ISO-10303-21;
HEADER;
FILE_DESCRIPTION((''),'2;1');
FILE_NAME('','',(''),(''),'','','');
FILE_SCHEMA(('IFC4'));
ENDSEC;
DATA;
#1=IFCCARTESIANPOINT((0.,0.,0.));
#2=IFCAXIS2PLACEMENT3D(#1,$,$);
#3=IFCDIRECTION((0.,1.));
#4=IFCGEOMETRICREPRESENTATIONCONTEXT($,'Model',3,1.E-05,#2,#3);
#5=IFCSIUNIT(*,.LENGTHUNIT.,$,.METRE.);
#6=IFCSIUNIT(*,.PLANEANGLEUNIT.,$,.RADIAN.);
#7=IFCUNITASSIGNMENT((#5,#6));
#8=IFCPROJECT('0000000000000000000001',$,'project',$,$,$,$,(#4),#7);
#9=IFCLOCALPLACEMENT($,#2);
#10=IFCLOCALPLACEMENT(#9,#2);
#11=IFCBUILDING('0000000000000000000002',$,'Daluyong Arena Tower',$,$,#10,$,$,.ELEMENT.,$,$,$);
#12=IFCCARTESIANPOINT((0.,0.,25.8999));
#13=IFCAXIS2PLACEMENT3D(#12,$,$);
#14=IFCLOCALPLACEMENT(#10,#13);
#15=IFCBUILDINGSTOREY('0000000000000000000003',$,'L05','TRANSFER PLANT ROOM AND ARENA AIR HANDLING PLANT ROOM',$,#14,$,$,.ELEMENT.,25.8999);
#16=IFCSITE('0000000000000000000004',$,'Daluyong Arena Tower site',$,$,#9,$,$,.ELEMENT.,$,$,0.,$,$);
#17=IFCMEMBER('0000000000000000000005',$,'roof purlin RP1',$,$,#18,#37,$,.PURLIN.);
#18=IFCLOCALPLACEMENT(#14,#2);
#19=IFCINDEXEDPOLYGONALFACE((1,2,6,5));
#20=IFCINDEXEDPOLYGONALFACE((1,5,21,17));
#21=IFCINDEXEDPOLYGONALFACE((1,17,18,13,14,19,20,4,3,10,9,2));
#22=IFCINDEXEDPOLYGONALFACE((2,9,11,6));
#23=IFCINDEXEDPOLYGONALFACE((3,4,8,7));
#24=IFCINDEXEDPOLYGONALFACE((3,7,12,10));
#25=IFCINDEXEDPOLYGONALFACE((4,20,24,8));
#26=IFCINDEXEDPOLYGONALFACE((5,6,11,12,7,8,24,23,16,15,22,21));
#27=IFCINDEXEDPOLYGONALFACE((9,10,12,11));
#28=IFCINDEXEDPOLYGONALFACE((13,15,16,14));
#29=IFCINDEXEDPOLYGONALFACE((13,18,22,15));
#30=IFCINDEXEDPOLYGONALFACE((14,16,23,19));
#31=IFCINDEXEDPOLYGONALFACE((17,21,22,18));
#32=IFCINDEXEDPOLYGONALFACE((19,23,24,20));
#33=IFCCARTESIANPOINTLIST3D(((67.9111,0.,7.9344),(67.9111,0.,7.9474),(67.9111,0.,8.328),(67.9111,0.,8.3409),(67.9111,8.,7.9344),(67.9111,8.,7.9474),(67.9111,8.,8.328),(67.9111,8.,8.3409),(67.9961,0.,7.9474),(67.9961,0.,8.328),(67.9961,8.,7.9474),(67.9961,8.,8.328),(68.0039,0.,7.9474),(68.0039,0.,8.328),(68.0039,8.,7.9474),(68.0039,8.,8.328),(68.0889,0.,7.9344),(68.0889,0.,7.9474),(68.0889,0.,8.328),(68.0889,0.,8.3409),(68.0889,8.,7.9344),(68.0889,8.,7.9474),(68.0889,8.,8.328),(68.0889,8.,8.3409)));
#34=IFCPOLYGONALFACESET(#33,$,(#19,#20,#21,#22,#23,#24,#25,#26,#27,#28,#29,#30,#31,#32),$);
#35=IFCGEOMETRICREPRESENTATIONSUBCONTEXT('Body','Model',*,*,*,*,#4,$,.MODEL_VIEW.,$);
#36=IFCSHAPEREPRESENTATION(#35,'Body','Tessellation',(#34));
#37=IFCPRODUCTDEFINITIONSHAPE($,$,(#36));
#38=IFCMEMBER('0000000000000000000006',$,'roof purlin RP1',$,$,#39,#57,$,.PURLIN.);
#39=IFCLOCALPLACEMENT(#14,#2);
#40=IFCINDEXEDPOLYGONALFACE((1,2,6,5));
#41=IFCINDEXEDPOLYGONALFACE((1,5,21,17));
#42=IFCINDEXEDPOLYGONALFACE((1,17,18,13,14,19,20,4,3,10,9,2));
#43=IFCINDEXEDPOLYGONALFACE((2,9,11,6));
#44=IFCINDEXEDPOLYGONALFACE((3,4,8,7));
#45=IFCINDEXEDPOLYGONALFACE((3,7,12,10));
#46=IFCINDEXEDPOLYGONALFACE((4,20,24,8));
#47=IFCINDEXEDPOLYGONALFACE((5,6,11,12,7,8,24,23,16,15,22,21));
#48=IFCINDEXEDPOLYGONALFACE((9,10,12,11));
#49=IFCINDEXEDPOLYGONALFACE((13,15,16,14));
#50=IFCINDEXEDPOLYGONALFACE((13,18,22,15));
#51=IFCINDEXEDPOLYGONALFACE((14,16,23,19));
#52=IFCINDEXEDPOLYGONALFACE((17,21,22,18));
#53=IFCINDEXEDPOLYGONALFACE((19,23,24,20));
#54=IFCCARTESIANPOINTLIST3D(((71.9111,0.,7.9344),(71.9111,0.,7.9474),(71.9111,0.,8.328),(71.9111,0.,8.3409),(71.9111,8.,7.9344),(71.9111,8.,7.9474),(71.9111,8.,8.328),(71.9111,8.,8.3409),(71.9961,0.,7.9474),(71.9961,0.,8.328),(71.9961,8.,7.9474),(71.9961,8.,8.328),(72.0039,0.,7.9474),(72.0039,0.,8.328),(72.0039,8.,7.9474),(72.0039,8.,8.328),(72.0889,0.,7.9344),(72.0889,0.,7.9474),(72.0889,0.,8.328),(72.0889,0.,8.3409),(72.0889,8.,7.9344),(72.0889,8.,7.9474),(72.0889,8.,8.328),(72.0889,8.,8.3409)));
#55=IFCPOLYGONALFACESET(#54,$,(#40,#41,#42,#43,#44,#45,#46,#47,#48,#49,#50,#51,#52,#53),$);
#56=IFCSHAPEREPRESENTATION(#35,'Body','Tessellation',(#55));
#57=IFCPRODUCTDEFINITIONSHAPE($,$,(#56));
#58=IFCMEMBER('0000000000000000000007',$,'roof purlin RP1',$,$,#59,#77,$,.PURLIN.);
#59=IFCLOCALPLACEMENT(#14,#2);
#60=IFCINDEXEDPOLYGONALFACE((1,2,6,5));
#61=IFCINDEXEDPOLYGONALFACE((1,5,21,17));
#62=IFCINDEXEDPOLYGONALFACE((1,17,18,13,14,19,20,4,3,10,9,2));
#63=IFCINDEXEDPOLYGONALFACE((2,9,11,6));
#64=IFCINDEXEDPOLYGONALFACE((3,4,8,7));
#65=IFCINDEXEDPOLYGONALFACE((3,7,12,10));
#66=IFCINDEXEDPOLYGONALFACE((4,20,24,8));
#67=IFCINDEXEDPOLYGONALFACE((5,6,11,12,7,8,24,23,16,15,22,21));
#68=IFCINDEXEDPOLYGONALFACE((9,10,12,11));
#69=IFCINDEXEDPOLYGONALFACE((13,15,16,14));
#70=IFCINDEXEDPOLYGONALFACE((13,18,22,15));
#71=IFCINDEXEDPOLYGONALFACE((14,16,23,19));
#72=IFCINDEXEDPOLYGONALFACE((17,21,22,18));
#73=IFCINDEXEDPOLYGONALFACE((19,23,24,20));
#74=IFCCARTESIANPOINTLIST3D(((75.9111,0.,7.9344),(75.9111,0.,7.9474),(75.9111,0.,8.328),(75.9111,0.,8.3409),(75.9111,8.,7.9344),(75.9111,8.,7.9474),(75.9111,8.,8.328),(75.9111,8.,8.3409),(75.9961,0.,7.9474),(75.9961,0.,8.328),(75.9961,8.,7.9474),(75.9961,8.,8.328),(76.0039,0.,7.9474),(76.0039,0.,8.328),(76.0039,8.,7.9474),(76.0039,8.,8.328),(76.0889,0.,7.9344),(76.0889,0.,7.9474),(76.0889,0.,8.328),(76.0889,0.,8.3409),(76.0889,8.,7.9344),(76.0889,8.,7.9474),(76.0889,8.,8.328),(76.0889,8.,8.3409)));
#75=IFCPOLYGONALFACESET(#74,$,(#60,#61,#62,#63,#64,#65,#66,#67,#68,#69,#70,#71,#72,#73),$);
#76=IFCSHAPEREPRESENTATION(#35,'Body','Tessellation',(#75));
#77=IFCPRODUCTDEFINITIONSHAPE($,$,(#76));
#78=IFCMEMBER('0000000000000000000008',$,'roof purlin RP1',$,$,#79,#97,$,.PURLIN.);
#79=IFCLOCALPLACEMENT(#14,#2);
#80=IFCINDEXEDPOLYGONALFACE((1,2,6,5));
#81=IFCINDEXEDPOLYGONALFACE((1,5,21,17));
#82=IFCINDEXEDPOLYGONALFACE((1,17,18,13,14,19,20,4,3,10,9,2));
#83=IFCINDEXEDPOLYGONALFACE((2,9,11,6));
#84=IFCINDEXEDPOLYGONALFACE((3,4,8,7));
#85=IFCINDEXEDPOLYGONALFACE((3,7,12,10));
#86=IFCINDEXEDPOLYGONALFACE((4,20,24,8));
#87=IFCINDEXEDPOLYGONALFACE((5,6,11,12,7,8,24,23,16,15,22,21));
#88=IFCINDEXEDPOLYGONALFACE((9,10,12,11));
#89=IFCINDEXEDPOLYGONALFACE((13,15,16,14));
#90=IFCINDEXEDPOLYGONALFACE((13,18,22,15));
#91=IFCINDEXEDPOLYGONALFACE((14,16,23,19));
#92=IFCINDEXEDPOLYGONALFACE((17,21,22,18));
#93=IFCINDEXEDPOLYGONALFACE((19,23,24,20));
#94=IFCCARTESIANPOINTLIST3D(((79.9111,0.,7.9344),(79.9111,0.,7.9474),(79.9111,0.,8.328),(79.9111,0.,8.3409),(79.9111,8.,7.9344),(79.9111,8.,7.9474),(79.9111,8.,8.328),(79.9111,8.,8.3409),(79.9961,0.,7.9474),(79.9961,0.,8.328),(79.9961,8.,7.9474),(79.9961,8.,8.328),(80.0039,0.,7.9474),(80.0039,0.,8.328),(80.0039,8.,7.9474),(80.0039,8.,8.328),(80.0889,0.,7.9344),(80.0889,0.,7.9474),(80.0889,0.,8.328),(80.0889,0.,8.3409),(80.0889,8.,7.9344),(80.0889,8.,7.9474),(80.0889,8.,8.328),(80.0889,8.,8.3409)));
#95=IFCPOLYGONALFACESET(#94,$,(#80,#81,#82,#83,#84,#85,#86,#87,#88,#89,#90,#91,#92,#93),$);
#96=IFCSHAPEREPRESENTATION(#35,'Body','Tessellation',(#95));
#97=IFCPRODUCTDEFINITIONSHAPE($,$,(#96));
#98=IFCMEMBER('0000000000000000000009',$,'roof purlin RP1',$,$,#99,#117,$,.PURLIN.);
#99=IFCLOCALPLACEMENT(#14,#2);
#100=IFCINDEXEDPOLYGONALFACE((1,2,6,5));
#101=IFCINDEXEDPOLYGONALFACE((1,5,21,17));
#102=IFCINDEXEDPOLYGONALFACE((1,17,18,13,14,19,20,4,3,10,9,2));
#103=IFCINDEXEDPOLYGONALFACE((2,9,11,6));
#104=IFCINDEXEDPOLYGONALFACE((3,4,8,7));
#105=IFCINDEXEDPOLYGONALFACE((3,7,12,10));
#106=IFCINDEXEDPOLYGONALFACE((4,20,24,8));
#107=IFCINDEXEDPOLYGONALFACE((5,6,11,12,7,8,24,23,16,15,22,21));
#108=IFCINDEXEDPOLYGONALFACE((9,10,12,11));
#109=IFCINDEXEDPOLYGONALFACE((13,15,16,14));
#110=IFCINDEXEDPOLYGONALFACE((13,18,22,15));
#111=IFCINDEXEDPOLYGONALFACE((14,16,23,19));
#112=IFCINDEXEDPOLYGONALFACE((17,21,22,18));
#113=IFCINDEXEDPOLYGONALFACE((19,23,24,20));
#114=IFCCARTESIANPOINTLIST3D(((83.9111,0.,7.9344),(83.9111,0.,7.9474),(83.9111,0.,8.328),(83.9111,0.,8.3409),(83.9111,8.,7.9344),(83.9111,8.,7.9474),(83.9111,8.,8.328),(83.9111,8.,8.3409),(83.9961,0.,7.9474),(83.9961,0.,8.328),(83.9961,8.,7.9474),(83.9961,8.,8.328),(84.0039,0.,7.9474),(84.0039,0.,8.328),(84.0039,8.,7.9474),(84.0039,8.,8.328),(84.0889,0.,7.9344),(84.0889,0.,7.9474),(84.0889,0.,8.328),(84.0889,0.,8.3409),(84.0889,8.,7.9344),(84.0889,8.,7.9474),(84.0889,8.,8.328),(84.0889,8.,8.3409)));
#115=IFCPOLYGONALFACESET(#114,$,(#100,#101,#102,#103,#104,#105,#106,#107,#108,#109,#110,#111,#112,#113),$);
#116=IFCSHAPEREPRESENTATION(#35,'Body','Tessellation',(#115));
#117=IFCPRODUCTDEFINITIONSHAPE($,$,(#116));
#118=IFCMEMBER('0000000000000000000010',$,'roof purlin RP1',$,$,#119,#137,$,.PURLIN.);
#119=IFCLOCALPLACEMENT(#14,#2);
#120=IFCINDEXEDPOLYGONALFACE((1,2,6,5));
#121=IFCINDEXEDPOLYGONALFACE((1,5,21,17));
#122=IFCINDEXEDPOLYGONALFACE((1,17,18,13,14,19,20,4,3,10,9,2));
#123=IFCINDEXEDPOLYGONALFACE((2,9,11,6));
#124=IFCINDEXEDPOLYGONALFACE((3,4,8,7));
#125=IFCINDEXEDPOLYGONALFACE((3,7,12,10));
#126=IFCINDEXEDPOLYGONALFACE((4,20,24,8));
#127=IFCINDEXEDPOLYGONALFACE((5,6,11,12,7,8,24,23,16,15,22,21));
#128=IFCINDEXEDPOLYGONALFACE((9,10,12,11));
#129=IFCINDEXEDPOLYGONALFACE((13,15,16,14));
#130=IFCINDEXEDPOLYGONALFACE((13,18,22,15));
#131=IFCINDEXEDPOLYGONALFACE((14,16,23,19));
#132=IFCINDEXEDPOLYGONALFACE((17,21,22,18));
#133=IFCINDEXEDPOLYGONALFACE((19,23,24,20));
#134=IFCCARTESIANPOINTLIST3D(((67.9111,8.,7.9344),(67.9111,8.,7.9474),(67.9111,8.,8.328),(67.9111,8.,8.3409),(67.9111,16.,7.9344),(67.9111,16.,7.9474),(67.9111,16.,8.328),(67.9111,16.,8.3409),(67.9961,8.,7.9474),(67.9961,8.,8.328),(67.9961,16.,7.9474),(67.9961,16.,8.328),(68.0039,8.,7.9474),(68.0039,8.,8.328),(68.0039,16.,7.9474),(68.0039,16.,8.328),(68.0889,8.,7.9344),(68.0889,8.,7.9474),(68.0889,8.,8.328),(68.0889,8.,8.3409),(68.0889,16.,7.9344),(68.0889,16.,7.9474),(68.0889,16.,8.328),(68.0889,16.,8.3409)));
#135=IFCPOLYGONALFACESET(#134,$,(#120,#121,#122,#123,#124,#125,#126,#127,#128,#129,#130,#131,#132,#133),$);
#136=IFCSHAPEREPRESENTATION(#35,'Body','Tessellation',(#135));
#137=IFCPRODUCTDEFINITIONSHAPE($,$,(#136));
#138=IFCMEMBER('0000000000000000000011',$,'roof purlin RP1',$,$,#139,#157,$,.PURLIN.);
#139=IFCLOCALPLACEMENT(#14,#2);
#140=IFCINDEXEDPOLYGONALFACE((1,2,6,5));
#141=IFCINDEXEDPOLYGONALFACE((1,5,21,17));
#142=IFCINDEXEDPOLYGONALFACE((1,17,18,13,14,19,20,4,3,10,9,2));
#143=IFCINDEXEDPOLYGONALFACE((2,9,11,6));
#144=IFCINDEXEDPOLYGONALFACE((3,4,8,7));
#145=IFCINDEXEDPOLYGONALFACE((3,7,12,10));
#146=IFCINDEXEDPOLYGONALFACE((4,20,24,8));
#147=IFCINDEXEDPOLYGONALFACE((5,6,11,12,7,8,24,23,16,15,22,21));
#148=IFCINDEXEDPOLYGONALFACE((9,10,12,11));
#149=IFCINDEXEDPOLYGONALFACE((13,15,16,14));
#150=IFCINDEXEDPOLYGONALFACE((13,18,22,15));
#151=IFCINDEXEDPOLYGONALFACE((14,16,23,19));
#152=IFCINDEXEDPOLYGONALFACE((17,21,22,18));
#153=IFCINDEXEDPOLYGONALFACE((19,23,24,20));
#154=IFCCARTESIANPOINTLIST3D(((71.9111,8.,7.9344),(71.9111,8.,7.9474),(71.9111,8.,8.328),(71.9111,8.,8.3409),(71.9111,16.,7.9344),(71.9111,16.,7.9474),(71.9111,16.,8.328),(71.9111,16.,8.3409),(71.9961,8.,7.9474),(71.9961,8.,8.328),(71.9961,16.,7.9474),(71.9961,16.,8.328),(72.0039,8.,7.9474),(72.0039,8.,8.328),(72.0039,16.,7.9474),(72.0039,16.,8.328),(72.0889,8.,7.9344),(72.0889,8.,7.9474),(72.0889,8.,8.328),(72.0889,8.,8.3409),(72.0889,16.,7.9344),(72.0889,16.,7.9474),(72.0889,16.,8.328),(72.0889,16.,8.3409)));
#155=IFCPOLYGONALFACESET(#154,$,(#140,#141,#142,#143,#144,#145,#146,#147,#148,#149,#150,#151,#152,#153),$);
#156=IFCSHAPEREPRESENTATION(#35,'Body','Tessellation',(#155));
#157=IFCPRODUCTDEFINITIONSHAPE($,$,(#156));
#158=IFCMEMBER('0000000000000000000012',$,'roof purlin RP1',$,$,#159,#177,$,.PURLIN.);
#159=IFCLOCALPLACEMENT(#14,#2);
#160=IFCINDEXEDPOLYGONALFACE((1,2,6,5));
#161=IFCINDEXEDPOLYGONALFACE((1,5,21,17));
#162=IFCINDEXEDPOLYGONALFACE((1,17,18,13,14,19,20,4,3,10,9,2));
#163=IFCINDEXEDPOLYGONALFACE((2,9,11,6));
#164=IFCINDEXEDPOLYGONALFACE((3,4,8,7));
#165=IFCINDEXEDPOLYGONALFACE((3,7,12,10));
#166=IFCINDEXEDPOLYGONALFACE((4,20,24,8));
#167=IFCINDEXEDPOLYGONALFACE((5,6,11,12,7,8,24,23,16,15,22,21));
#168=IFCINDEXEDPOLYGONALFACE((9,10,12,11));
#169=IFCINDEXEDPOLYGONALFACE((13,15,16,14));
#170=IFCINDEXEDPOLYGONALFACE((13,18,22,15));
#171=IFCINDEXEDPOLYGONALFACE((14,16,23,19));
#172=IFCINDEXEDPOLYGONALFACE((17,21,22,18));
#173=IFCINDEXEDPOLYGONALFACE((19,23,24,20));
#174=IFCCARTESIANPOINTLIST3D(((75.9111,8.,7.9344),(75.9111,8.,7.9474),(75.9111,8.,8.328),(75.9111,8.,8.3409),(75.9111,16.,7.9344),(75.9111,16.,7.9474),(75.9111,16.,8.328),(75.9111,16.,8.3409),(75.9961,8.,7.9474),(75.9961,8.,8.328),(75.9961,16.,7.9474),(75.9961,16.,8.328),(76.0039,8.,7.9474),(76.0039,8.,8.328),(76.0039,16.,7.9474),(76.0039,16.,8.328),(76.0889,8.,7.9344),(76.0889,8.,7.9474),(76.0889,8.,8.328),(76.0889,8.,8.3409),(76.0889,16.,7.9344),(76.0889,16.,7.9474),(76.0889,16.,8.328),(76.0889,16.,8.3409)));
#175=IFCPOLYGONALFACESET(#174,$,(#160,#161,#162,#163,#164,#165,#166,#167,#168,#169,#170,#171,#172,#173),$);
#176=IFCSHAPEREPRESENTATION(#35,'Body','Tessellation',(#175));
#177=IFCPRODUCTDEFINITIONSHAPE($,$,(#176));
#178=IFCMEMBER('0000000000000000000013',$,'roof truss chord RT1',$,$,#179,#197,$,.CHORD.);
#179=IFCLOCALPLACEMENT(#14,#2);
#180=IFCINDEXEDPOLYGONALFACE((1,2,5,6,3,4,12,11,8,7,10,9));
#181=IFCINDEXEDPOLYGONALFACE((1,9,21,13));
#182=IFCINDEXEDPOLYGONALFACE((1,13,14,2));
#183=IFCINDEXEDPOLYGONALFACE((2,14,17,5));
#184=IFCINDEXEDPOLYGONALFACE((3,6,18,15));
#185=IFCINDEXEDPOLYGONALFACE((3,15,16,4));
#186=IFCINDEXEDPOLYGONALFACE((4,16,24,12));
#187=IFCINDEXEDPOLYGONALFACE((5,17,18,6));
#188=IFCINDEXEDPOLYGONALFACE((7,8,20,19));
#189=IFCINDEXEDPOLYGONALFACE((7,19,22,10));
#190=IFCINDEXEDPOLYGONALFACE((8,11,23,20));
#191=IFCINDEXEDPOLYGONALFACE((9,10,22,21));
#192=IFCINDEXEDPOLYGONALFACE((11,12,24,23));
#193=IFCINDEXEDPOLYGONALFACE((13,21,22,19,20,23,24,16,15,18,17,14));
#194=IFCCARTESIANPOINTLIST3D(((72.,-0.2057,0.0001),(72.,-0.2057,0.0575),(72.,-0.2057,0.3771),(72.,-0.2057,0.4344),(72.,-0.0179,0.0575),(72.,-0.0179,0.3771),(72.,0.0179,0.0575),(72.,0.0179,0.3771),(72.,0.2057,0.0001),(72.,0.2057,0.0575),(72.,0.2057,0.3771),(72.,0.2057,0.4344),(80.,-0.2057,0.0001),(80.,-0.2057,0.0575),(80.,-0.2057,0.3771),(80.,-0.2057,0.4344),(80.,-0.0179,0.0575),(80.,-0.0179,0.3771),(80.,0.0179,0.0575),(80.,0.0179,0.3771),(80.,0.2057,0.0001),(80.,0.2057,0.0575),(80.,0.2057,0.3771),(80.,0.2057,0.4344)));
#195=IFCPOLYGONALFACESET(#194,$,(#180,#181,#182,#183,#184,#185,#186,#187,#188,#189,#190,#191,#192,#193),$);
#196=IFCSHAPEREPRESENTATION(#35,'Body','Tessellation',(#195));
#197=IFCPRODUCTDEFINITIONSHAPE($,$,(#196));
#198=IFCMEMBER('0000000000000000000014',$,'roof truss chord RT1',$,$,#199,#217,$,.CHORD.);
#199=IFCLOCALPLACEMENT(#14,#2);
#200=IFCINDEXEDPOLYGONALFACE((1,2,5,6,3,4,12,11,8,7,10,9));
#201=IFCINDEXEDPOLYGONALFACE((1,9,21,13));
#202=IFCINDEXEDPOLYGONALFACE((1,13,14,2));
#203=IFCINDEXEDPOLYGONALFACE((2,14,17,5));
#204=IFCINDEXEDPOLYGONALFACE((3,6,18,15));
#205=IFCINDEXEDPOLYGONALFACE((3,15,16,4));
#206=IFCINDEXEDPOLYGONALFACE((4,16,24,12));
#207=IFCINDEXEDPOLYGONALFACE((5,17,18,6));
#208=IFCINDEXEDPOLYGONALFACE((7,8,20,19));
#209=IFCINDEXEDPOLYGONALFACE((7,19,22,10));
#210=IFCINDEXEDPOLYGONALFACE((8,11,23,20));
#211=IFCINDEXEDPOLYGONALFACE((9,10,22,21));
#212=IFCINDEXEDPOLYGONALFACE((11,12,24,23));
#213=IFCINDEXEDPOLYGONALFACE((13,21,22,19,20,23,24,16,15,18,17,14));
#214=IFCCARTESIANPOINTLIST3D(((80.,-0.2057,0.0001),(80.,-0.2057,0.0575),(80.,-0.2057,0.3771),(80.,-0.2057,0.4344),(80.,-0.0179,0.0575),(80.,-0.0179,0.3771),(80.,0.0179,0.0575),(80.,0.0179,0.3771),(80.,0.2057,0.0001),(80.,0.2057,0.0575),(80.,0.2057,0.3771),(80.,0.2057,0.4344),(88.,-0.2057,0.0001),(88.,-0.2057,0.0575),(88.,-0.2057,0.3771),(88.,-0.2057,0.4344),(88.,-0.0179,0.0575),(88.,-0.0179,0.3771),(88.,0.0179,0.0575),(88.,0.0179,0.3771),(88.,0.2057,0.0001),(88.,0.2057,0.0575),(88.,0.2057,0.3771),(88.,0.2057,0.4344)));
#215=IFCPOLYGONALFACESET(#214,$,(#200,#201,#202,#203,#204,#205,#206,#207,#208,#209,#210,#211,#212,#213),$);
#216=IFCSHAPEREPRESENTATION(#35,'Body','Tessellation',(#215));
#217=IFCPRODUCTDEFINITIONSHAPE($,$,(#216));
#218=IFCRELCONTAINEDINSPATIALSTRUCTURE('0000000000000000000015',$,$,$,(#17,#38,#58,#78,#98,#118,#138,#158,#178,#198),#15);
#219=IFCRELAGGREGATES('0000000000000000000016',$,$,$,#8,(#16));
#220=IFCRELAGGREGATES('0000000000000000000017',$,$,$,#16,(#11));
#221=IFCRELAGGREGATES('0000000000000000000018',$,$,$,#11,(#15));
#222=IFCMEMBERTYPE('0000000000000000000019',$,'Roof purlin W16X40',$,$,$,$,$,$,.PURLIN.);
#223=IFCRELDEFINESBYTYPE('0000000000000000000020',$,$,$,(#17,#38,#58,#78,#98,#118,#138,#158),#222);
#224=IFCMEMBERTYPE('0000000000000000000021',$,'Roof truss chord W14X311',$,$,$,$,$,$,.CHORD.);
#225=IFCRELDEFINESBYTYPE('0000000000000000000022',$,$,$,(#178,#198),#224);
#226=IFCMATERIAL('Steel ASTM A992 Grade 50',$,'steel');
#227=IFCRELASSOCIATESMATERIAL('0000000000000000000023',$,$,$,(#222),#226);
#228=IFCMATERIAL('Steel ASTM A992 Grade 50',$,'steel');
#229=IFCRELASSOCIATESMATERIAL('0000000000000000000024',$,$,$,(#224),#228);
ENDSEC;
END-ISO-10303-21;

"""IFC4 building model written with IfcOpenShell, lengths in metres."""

from ifc_helpers import new_model, si_unit, direction, frame, origin, origin_2d, place, context, subcontext, project, spatial, i_section, extrude, material, material_profile, profile_set, type_object, element, save


model = new_model("IFC4")

# Units and contexts
model_context = context("Model", 3, precision=1e-05, world=origin(), true_north=direction((0.0, 1.0)))
body_context = subcontext(model_context, "Body", "Model", "MODEL_VIEW")
ifc_project = project(units=[si_unit("LENGTHUNIT", "METRE"), si_unit("PLANEANGLEUNIT", "RADIAN")], contexts=[model_context])

# Site, building, storey
site_placement = place(None, origin())
site = spatial("IfcSite", under=ifc_project, at=site_placement, Name="Daluyong Arena Tower site", CompositionType="ELEMENT", RefElevation=0.0)
building_placement = place(site_placement, origin())
building = spatial("IfcBuilding", under=site, at=building_placement, Name="Daluyong Arena Tower", CompositionType="ELEMENT")
storey_placement = place(building_placement, frame((0.0, 0.0, 25.8999)))
storey = spatial("IfcBuildingStorey", under=building, at=storey_placement, Name="L05", Description="TRANSFER PLANT ROOM AND ARENA AIR HANDLING PLANT ROOM", CompositionType="ELEMENT", Elevation=25.8999)

# Members
ifc_material_1 = material(Name="Steel ASTM A992 Grade 50", Category="steel")
ifc_material_profile_1 = material_profile(ifc_material_1, i_section(OverallWidth=0.1777, OverallDepth=0.4065, WebThickness=0.0078, FlangeThickness=0.0129, at=origin_2d()))
ifc_profile_set_1 = profile_set([ifc_material_profile_1], Name="Steel ASTM A992 Grade 50")
member_type_1 = type_object("IfcMemberType", Name="Roof purlin W16X40", PredefinedType="PURLIN", material=ifc_profile_set_1)
for number, where, z_axis, x_axis, name in (
    (1, (68.0, 0.0, 8.1377), (0.0, 1.0, 0.0), (-1.0, 0.0, 0.0), "roof purlin RP1"),
    (2, (72.0, 0.0, 8.1377), (0.0, 1.0, 0.0), (-1.0, 0.0, 0.0), "roof purlin RP1"),
    (3, (76.0, 0.0, 8.1377), (0.0, 1.0, 0.0), (-1.0, 0.0, 0.0), "roof purlin RP1"),
    (4, (80.0, 0.0, 8.1377), (0.0, 1.0, 0.0), (-1.0, 0.0, 0.0), "roof purlin RP1"),
    (5, (84.0, 0.0, 8.1377), (0.0, 1.0, 0.0), (-1.0, 0.0, 0.0), "roof purlin RP1"),
    (6, (68.0, 8.0, 8.1377), (0.0, 1.0, 0.0), (-1.0, 0.0, 0.0), "roof purlin RP1"),
    (7, (72.0, 8.0, 8.1377), (0.0, 1.0, 0.0), (-1.0, 0.0, 0.0), "roof purlin RP1"),
    (8, (76.0, 8.0, 8.1377), (0.0, 1.0, 0.0), (-1.0, 0.0, 0.0), "roof purlin RP1"),
):
    element("IfcMember", number, at=place(storey_placement, frame(where, z_axis=z_axis, x_axis=x_axis)), inside=storey, type_object=member_type_1, Name=name, PredefinedType="PURLIN", context=body_context, shape_type="SweptSolid", body=[
        extrude(i_section(OverallWidth=0.1777, OverallDepth=0.4065, WebThickness=0.0078, FlangeThickness=0.0129, at=origin_2d()), origin(), (0.0, 0.0, 1.0), 8.0),
    ])
ifc_material_2 = material(Name="Steel ASTM A992 Grade 50", Category="steel")
ifc_material_profile_2 = material_profile(ifc_material_2, i_section(OverallWidth=0.4114, OverallDepth=0.4343, WebThickness=0.0359, FlangeThickness=0.0574, at=origin_2d()))
ifc_profile_set_2 = profile_set([ifc_material_profile_2], Name="Steel ASTM A992 Grade 50")
member_type_2 = type_object("IfcMemberType", Name="Roof truss chord W14X311", PredefinedType="CHORD", material=ifc_profile_set_2)
for number, where, z_axis, x_axis, name in (
    (9, (72.0, 0.0, 0.2173), (1.0, 0.0, 0.0), (0.0, 1.0, 0.0), "roof truss chord RT1"),
    (10, (80.0, 0.0, 0.2173), (1.0, 0.0, 0.0), (0.0, 1.0, 0.0), "roof truss chord RT1"),
):
    element("IfcMember", number, at=place(storey_placement, frame(where, z_axis=z_axis, x_axis=x_axis)), inside=storey, type_object=member_type_2, Name=name, PredefinedType="CHORD", context=body_context, shape_type="SweptSolid", body=[
        extrude(i_section(OverallWidth=0.4114, OverallDepth=0.4343, WebThickness=0.0359, FlangeThickness=0.0574, at=origin_2d()), origin(), (0.0, 0.0, 1.0), 8.0),
    ])

save(model, "model.ifc")
